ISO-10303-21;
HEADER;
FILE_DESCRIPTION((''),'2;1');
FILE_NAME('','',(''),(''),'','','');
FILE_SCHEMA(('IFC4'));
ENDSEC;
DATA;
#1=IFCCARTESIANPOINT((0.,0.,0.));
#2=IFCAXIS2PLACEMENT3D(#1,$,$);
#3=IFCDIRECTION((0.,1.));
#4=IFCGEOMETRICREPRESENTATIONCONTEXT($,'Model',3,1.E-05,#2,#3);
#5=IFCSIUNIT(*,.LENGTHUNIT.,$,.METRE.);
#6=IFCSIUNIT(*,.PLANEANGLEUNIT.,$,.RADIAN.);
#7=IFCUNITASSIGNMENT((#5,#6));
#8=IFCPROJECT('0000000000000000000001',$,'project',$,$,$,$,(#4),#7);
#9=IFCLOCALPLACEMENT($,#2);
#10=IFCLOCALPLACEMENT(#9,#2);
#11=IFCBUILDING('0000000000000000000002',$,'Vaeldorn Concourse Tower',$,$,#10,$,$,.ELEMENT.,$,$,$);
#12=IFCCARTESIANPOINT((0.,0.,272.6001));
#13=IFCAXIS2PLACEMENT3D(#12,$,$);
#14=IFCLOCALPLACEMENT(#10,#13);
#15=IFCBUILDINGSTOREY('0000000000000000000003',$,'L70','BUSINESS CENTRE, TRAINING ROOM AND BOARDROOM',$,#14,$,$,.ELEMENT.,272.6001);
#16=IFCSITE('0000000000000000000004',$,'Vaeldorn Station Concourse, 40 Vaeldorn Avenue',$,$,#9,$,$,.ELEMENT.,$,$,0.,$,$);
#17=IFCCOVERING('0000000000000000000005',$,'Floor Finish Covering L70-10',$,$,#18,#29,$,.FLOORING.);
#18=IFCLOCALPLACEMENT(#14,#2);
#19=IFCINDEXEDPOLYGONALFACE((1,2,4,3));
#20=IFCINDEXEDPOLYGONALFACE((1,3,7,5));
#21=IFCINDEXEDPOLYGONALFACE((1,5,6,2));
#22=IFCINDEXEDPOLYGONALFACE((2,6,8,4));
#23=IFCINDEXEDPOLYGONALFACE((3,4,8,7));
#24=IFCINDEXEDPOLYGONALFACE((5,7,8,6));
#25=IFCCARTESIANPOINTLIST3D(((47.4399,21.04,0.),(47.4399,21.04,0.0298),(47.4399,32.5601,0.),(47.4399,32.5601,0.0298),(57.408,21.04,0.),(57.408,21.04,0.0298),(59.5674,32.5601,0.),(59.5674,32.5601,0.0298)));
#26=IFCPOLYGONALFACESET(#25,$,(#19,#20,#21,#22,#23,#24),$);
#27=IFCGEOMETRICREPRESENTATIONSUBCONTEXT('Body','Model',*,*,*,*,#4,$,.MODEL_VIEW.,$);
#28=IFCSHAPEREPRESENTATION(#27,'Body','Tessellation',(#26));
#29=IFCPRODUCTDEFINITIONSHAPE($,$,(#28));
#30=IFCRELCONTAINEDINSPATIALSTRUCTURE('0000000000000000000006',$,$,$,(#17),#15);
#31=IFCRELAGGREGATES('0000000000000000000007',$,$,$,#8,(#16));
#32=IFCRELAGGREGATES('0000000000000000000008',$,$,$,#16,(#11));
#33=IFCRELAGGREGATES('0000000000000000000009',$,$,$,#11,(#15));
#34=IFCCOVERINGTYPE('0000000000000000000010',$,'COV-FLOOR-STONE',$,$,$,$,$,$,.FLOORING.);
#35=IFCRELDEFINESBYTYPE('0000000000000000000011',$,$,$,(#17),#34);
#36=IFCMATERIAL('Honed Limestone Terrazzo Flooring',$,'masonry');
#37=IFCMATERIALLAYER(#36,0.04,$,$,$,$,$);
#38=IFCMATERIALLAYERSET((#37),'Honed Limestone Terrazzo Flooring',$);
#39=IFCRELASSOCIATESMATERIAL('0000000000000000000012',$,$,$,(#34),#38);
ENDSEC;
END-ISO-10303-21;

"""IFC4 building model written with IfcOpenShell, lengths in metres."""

from ifc_helpers import new_model, si_unit, direction, frame, origin, place, context, subcontext, project, spatial, polyline, outline, extrude, material, layer, layer_set, type_object, element, save


model = new_model("IFC4")

# Units and contexts
model_context = context("Model", 3, precision=1e-05, world=origin(), true_north=direction((0.0, 1.0)))
body_context = subcontext(model_context, "Body", "Model", "MODEL_VIEW")
ifc_project = project(units=[si_unit("LENGTHUNIT", "METRE"), si_unit("PLANEANGLEUNIT", "RADIAN")], contexts=[model_context])

# Site, building, storey
site_placement = place(None, origin())
site = spatial("IfcSite", under=ifc_project, at=site_placement, Name="Vaeldorn Station Concourse, 40 Vaeldorn Avenue", CompositionType="ELEMENT", RefElevation=0.0)
building_placement = place(site_placement, origin())
building = spatial("IfcBuilding", under=site, at=building_placement, Name="Vaeldorn Concourse Tower", CompositionType="ELEMENT")
storey_placement = place(building_placement, frame((0.0, 0.0, 272.6001)))
storey = spatial("IfcBuildingStorey", under=building, at=storey_placement, Name="L70", Description="BUSINESS CENTRE, TRAINING ROOM AND BOARDROOM", CompositionType="ELEMENT", Elevation=272.6001)

# Covering
ifc_material_1 = material(Name="Honed Limestone Terrazzo Flooring", Category="masonry")
ifc_layer_1 = layer(ifc_material_1, 0.04)
ifc_layer_set_1 = layer_set([ifc_layer_1], Name="Honed Limestone Terrazzo Flooring")
covering_type_1 = type_object("IfcCoveringType", Name="COV-FLOOR-STONE", PredefinedType="FLOORING", material=ifc_layer_set_1)
covering_1_placement = place(storey_placement, origin())
element("IfcCovering", 1, at=covering_1_placement, inside=storey, type_object=covering_type_1, Name="Floor Finish Covering L70-10", PredefinedType="FLOORING", context=body_context, shape_type="SweptSolid", body=[
    extrude(outline(polyline([(47.4399, 21.04), (47.4399, 32.5601), (59.5674, 32.5601), (57.408, 21.04), (47.4399, 21.04)])), origin(), (0.0, 0.0, 1.0), 0.0298),
])

save(model, "model.ifc")
